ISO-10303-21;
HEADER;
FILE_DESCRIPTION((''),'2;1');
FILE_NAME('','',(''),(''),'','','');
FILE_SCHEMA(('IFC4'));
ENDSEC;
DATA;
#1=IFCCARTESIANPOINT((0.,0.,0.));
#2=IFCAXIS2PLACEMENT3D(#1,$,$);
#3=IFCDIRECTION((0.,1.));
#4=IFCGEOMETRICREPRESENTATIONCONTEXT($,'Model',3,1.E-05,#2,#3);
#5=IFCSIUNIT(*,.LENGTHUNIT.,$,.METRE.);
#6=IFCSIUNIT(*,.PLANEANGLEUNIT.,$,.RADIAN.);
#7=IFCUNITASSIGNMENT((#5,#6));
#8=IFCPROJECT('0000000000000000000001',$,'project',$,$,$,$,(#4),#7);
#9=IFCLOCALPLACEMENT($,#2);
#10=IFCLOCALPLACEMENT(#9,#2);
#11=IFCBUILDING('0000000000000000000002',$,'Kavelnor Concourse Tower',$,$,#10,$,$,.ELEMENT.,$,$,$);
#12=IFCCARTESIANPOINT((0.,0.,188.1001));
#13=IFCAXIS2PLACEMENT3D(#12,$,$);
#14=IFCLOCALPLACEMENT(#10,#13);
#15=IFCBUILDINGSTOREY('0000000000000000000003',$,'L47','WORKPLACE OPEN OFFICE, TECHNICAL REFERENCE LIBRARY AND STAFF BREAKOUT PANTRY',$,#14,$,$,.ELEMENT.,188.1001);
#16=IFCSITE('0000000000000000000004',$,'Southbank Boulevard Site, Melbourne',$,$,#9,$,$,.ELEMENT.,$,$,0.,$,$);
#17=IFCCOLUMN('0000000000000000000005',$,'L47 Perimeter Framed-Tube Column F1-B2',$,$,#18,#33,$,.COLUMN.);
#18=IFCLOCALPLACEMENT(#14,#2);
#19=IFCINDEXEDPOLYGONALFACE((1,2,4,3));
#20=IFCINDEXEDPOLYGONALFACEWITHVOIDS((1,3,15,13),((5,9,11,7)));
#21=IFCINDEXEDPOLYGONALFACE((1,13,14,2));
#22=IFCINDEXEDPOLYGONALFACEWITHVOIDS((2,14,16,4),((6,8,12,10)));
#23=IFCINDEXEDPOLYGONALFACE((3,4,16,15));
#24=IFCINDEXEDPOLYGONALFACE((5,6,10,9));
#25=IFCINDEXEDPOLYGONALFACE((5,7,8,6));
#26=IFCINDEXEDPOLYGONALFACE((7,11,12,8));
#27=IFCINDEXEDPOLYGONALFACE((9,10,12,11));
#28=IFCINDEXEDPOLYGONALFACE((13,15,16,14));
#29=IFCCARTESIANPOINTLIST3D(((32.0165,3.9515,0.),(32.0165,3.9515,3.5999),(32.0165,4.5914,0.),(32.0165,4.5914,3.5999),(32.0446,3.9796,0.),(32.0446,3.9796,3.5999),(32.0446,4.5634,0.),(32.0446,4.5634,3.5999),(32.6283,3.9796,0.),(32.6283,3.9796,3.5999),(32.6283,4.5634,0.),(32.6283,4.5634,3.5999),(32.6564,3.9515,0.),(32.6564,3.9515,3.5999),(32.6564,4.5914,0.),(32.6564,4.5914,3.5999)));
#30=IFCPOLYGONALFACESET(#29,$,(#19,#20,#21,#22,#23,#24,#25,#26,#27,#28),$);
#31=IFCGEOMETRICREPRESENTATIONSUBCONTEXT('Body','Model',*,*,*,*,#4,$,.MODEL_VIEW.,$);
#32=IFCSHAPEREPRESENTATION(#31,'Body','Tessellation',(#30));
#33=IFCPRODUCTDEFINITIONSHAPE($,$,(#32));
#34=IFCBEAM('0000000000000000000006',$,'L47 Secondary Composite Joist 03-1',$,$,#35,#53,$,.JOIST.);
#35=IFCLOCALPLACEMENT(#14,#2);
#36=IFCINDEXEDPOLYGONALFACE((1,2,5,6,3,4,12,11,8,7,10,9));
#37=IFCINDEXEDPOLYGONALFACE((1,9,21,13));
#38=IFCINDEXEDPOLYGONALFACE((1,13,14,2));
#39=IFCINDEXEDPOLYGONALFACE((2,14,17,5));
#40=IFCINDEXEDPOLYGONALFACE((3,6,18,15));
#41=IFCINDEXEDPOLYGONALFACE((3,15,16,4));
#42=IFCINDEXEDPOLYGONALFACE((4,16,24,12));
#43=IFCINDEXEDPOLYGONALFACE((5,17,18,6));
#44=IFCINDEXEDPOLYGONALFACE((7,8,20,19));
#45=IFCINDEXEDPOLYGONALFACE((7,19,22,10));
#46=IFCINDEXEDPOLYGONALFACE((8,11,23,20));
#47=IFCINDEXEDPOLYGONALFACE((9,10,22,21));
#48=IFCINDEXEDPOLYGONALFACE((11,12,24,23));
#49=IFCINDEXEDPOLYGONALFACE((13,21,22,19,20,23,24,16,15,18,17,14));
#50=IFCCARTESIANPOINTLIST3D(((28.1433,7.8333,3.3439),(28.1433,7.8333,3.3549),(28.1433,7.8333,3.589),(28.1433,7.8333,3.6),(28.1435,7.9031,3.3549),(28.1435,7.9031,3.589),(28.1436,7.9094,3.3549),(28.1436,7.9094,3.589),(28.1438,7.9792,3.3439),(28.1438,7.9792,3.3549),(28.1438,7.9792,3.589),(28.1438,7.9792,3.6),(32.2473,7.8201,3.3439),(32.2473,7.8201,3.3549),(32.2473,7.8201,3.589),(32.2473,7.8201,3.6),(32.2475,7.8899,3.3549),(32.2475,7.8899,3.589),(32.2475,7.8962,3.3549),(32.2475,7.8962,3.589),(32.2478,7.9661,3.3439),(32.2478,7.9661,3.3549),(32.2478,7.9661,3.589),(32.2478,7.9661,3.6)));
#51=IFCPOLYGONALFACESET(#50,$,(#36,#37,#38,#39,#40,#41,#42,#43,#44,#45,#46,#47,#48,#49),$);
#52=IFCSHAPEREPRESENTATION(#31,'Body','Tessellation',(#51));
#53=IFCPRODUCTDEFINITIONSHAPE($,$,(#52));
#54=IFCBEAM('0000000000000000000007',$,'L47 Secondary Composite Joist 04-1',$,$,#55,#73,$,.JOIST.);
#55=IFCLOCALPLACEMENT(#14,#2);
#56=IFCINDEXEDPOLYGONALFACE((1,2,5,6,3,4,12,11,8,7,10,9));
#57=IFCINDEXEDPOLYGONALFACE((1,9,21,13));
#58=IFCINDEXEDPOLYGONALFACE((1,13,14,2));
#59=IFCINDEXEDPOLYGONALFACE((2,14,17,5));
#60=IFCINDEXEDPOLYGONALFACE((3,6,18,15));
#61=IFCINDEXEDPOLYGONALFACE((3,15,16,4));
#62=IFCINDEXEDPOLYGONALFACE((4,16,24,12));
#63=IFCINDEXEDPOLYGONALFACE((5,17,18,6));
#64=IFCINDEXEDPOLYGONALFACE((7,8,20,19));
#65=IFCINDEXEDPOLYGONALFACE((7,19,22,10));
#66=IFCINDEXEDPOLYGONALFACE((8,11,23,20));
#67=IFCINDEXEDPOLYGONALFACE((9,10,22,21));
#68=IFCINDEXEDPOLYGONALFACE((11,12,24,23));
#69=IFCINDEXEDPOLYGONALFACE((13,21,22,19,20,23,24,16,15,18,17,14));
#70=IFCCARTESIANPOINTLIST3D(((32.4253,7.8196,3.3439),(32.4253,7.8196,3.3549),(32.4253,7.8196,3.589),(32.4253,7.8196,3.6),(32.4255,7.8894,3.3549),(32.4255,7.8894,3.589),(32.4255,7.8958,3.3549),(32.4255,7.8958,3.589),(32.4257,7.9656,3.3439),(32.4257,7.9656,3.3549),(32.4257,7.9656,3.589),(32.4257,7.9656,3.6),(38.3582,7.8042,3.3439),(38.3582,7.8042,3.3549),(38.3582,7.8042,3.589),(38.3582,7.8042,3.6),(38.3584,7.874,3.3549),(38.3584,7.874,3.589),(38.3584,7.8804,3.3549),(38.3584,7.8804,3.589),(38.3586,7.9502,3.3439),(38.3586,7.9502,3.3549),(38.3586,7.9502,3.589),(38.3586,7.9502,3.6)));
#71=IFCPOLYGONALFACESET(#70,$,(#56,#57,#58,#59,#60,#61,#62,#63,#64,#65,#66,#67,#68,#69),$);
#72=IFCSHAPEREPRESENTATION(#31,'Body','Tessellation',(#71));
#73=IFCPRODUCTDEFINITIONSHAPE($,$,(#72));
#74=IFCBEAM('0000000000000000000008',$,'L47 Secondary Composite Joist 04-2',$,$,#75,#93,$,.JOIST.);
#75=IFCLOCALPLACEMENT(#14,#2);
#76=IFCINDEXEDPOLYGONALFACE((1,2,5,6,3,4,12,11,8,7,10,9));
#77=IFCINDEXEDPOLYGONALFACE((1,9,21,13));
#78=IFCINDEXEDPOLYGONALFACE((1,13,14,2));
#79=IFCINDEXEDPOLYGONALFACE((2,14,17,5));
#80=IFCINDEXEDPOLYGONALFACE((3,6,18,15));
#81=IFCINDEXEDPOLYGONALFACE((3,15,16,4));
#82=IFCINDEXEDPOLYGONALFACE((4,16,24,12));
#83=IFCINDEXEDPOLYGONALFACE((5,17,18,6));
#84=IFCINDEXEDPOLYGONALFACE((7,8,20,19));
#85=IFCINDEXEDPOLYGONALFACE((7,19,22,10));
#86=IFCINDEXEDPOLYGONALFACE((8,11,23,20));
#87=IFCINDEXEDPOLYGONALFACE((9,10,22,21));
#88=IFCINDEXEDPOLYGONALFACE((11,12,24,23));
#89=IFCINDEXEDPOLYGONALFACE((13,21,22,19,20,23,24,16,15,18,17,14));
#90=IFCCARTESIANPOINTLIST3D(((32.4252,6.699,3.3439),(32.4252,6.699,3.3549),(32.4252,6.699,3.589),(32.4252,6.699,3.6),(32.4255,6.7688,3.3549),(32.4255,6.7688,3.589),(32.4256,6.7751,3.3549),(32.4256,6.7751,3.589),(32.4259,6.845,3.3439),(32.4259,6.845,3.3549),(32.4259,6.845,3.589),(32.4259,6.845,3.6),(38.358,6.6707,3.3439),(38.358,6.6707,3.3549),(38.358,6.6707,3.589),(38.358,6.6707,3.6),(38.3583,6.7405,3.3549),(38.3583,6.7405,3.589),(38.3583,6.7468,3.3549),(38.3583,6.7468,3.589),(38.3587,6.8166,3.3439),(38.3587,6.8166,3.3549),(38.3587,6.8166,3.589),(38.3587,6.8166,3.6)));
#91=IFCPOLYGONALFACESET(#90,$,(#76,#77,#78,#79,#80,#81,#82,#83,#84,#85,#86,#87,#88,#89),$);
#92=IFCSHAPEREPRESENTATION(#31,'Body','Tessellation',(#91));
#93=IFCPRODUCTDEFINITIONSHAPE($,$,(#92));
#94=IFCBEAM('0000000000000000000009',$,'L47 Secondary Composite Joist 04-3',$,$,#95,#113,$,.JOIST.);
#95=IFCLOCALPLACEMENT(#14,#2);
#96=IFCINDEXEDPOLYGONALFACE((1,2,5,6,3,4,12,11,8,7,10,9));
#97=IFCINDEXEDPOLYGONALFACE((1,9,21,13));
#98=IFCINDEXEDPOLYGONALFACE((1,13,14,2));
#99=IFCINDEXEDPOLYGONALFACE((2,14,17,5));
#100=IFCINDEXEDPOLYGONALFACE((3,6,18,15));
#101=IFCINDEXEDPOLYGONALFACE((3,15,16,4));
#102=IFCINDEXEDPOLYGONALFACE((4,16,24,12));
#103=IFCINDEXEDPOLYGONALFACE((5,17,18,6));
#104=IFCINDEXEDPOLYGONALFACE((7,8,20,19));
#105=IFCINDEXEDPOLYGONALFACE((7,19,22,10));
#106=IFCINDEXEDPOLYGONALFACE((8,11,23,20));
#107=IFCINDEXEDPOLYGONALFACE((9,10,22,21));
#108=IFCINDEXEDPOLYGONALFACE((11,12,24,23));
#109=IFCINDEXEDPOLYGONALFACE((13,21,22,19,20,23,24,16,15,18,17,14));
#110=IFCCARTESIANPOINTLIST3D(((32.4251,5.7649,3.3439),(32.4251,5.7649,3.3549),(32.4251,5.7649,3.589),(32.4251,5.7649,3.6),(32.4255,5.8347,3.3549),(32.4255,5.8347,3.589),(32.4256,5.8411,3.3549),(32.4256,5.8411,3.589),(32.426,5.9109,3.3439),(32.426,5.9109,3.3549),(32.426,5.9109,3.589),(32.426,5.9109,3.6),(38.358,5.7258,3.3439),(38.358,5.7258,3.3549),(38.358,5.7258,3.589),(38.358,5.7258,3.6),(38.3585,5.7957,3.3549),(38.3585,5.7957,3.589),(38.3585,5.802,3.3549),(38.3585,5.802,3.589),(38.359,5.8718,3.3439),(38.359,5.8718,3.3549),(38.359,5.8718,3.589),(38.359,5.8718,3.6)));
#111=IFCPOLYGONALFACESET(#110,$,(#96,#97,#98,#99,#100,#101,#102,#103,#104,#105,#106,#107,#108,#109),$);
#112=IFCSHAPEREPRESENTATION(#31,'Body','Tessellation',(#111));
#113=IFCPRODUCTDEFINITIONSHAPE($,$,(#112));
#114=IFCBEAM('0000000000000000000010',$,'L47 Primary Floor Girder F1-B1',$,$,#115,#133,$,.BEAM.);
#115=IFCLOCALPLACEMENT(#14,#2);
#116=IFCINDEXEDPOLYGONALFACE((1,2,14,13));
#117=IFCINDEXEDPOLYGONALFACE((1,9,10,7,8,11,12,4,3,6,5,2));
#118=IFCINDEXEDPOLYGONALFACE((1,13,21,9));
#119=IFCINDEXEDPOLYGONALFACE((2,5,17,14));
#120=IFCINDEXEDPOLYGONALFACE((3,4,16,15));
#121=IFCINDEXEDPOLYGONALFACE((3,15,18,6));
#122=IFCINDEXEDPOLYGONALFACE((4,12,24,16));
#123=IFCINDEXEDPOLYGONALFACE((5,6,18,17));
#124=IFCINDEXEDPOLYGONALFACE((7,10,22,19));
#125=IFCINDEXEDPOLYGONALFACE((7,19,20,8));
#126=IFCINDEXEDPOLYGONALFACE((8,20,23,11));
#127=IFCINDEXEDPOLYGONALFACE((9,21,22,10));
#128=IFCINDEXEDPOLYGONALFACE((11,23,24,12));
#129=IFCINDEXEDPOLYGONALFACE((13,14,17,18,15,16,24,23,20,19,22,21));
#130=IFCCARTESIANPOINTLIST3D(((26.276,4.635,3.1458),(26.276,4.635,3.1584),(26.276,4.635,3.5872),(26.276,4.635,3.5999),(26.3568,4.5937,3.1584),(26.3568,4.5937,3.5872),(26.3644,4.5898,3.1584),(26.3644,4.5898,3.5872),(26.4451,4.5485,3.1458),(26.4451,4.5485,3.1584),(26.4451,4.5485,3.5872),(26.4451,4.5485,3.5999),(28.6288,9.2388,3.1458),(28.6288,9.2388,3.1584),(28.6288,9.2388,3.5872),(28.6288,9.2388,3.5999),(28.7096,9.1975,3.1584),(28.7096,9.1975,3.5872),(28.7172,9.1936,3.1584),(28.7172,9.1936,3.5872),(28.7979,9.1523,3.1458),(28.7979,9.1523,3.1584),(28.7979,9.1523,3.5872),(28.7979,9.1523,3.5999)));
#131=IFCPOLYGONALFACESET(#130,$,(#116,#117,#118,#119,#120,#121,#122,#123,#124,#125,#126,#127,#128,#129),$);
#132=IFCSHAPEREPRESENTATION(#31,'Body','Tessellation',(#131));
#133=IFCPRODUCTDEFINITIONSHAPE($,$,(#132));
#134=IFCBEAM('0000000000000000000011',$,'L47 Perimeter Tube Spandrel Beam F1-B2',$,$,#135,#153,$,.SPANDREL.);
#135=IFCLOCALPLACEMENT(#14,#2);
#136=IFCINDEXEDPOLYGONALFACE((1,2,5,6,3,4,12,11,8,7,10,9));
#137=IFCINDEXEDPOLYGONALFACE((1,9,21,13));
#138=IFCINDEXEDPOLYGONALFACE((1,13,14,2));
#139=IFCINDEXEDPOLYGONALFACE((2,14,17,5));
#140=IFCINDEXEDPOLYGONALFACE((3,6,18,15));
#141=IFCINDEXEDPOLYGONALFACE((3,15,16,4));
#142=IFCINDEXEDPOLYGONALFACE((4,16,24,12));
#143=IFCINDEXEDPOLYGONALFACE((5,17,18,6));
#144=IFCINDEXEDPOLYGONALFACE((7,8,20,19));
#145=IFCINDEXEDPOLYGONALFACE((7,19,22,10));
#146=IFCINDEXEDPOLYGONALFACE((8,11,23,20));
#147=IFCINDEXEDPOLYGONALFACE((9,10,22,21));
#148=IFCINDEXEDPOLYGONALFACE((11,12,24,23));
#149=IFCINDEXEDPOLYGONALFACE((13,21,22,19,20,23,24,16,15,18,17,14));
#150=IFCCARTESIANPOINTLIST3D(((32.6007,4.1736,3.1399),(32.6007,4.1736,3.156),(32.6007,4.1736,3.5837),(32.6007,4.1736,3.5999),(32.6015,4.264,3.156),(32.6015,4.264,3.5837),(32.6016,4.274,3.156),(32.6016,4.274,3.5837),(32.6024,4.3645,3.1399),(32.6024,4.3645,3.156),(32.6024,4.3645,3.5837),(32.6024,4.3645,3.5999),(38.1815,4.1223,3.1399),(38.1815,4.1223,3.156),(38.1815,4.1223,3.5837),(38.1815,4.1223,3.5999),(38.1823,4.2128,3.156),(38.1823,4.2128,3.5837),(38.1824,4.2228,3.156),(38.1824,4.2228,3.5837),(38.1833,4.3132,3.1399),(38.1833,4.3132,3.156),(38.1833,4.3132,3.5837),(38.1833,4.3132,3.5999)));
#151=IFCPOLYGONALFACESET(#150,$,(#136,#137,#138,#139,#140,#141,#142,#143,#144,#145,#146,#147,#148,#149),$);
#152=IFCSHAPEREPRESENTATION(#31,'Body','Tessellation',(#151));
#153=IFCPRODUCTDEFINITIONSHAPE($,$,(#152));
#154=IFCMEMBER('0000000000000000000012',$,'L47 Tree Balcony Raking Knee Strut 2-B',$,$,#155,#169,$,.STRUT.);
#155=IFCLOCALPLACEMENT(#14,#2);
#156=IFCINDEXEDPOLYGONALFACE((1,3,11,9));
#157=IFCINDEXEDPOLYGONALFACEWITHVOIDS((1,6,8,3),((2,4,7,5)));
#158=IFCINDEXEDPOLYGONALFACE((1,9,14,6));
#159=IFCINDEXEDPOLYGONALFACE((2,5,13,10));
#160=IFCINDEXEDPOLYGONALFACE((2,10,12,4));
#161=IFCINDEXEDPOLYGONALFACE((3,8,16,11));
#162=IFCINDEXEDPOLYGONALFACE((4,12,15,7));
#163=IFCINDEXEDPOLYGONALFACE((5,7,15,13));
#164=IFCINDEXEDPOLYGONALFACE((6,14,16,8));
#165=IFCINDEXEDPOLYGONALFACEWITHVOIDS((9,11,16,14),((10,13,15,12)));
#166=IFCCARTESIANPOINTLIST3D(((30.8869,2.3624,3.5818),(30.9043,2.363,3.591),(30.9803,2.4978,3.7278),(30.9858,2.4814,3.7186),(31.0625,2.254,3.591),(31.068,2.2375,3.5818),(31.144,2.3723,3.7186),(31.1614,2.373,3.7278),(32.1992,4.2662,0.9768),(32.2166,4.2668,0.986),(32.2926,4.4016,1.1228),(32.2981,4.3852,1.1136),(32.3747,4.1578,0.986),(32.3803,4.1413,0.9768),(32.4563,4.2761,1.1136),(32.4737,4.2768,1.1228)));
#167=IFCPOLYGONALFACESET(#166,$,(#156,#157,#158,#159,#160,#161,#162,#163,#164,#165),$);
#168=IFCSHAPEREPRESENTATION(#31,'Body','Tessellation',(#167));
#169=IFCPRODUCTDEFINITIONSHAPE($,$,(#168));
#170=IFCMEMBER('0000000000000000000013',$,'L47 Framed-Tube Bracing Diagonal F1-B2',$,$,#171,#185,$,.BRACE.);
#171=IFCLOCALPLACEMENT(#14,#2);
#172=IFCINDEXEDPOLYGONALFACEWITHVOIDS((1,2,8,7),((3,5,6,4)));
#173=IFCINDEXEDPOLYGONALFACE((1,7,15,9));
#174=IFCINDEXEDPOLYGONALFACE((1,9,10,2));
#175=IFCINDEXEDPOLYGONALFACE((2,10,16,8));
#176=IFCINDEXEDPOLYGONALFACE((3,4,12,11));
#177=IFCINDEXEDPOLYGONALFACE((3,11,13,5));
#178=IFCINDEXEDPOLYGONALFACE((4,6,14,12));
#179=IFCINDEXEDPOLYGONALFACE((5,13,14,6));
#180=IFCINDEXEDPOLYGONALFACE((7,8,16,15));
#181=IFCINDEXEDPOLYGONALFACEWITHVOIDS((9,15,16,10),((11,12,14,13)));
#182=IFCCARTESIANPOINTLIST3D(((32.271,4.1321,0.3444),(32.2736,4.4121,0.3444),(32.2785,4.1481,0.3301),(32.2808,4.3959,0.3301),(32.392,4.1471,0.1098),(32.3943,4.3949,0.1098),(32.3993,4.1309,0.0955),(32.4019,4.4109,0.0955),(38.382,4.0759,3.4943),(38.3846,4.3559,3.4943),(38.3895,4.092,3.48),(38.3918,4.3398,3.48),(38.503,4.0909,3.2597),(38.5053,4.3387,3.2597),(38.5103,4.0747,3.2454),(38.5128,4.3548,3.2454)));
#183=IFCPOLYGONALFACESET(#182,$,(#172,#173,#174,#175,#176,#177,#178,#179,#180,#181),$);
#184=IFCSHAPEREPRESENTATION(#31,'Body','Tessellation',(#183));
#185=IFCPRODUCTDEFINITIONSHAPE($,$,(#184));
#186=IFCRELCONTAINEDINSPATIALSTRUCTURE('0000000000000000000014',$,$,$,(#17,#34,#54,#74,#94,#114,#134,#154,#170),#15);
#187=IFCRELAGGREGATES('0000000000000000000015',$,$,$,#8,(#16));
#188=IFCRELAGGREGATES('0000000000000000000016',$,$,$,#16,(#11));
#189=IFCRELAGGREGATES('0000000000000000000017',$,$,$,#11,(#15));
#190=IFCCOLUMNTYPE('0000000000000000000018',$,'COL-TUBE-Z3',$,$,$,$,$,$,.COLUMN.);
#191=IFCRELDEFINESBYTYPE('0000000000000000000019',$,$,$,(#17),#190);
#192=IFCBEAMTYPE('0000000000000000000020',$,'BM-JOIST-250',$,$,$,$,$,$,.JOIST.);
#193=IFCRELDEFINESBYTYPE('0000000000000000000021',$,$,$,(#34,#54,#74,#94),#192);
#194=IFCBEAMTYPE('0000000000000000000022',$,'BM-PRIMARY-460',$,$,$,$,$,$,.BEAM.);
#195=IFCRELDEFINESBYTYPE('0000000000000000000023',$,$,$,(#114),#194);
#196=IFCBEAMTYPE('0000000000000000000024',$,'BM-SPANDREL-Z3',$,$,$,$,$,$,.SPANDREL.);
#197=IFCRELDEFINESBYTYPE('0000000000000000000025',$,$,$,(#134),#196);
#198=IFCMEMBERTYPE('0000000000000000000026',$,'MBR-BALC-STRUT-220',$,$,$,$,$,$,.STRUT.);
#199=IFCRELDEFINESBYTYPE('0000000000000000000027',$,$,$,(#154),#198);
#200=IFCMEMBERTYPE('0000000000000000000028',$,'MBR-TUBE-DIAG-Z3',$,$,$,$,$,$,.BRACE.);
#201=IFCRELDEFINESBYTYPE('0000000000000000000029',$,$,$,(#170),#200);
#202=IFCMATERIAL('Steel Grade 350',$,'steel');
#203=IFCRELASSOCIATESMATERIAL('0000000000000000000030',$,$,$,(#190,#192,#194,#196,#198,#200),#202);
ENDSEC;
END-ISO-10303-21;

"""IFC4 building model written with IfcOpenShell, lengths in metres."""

from ifc_helpers import new_model, si_unit, direction, frame, origin, origin_2d, place, context, subcontext, project, spatial, hollow_rectangle, i_section, extrude, material, material_profile, profile_set, type_object, element, save


model = new_model("IFC4")

# Units and contexts
model_context = context("Model", 3, precision=1e-05, world=origin(), true_north=direction((0.0, 1.0)))
body_context = subcontext(model_context, "Body", "Model", "MODEL_VIEW")
ifc_project = project(units=[si_unit("LENGTHUNIT", "METRE"), si_unit("PLANEANGLEUNIT", "RADIAN")], contexts=[model_context])

# Site, building, storey
site_placement = place(None, origin())
site = spatial("IfcSite", under=ifc_project, at=site_placement, Name="Southbank Boulevard Site, Melbourne", CompositionType="ELEMENT", RefElevation=0.0)
building_placement = place(site_placement, origin())
building = spatial("IfcBuilding", under=site, at=building_placement, Name="Kavelnor Concourse Tower", CompositionType="ELEMENT")
storey_placement = place(building_placement, frame((0.0, 0.0, 188.1001)))
storey = spatial("IfcBuildingStorey", under=building, at=storey_placement, Name="L47", Description="WORKPLACE OPEN OFFICE, TECHNICAL REFERENCE LIBRARY AND STAFF BREAKOUT PANTRY", CompositionType="ELEMENT", Elevation=188.1001)

# Column
ifc_material_1 = material(Name="Steel Grade 350", Category="steel")
ifc_material_profile_1 = material_profile(ifc_material_1, hollow_rectangle(XDim=0.6399, YDim=0.6399, WallThickness=0.0281, at=origin_2d()), Name="SHS 640x640x28")
ifc_profile_set_1 = profile_set([ifc_material_profile_1], Name="Steel Grade 350")
column_type = type_object("IfcColumnType", Name="COL-TUBE-Z3", PredefinedType="COLUMN", material=ifc_profile_set_1)
column_placement = place(storey_placement, frame((32.3364, 4.2715, 0.0), z_axis=(0.0, 0.0, 1.0), x_axis=(1.0, 0.0, 0.0)))
element("IfcColumn", 1, at=column_placement, inside=storey, type_object=column_type, Name="L47 Perimeter Framed-Tube Column F1-B2", PredefinedType="COLUMN", context=body_context, shape_type="SweptSolid", body=[
    extrude(hollow_rectangle(XDim=0.6399, YDim=0.6399, WallThickness=0.0281, at=origin_2d()), origin(), (0.0, 0.0, 1.0), 3.5999),
])

# Beams
ifc_material_profile_2 = material_profile(ifc_material_1, i_section(OverallWidth=0.146, OverallDepth=0.2561, WebThickness=0.0063, FlangeThickness=0.011, at=origin_2d()), Name="250UB37")
ifc_profile_set_2 = profile_set([ifc_material_profile_2], Name="Steel Grade 350")
beam_type_1 = type_object("IfcBeamType", Name="BM-JOIST-250", PredefinedType="JOIST", material=ifc_profile_set_2)
beam_1_placement = place(storey_placement, frame((28.1436, 7.9062, 3.4719), z_axis=(0.999995, -0.003212, 0.0), x_axis=(0.003212, 0.999995, 0.0)))
element("IfcBeam", 2, at=beam_1_placement, inside=storey, type_object=beam_type_1, Name="L47 Secondary Composite Joist 03-1", PredefinedType="JOIST", context=body_context, shape_type="SweptSolid", body=[
    extrude(i_section(OverallWidth=0.146, OverallDepth=0.2561, WebThickness=0.0063, FlangeThickness=0.011, at=origin_2d()), origin(), (0.0, 0.0, 1.0), 4.104),
])
for number, where, z_axis, x_axis, name in (
    (3, (32.4255, 7.8926, 3.4719), (0.999997, -0.002592, 0.0), (0.002592, 0.999997, 0.0), "L47 Secondary Composite Joist 04-1"),
    (4, (32.4255, 6.772, 3.4719), (0.999989, -0.004773, 0.0), (0.004773, 0.999989, 0.0), "L47 Secondary Composite Joist 04-2"),
):
    element("IfcBeam", number, at=place(storey_placement, frame(where, z_axis=z_axis, x_axis=x_axis)), inside=storey, type_object=beam_type_1, Name=name, PredefinedType="JOIST", context=body_context, shape_type="SweptSolid", body=[
        extrude(i_section(OverallWidth=0.146, OverallDepth=0.2561, WebThickness=0.0063, FlangeThickness=0.011, at=origin_2d()), origin(), (0.0, 0.0, 1.0), 5.9329),
    ])
beam_2_placement = place(storey_placement, frame((32.4255, 5.8379, 3.4719), z_axis=(0.999978, -0.006584, 0.0), x_axis=(0.006584, 0.999978, 0.0)))
element("IfcBeam", 5, at=beam_2_placement, inside=storey, type_object=beam_type_1, Name="L47 Secondary Composite Joist 04-3", PredefinedType="JOIST", context=body_context, shape_type="SweptSolid", body=[
    extrude(i_section(OverallWidth=0.146, OverallDepth=0.2561, WebThickness=0.0063, FlangeThickness=0.011, at=origin_2d()), origin(), (0.0, 0.0, 1.0), 5.9331),
])
ifc_material_profile_3 = material_profile(ifc_material_1, i_section(OverallWidth=0.1899, OverallDepth=0.4541, WebThickness=0.0085, FlangeThickness=0.0127, at=origin_2d()), Name="460UB67")
ifc_profile_set_3 = profile_set([ifc_material_profile_3], Name="Steel Grade 350")
beam_type_2 = type_object("IfcBeamType", Name="BM-PRIMARY-460", PredefinedType="BEAM", material=ifc_profile_set_3)
beam_3_placement = place(storey_placement, frame((28.7134, 9.1956, 3.3728), z_axis=(-0.455073, -0.890454, 0.0), x_axis=(0.890454, -0.455073, 0.0)))
element("IfcBeam", 6, at=beam_3_placement, inside=storey, type_object=beam_type_2, Name="L47 Primary Floor Girder F1-B1", PredefinedType="BEAM", context=body_context, shape_type="SweptSolid", body=[
    extrude(i_section(OverallWidth=0.1899, OverallDepth=0.4541, WebThickness=0.0085, FlangeThickness=0.0127, at=origin_2d()), origin(), (0.0, 0.0, 1.0), 5.1702),
])
ifc_material_profile_4 = material_profile(ifc_material_1, i_section(OverallWidth=0.1909, OverallDepth=0.46, WebThickness=0.01, FlangeThickness=0.0161, at=origin_2d()), Name="460UB82")
ifc_profile_set_4 = profile_set([ifc_material_profile_4], Name="Steel Grade 350")
beam_type_3 = type_object("IfcBeamType", Name="BM-SPANDREL-Z3", PredefinedType="SPANDREL", material=ifc_profile_set_4)
beam_4_placement = place(storey_placement, frame((32.6016, 4.269, 3.3699), z_axis=(0.999958, -0.009186, 0.0), x_axis=(0.009186, 0.999958, 0.0)))
element("IfcBeam", 7, at=beam_4_placement, inside=storey, type_object=beam_type_3, Name="L47 Perimeter Tube Spandrel Beam F1-B2", PredefinedType="SPANDREL", context=body_context, shape_type="SweptSolid", body=[
    extrude(i_section(OverallWidth=0.1909, OverallDepth=0.46, WebThickness=0.01, FlangeThickness=0.0161, at=origin_2d()), origin(), (0.0, 0.0, 1.0), 5.5811),
])

# Members
ifc_material_profile_5 = material_profile(ifc_material_1, hollow_rectangle(XDim=0.22, YDim=0.22, WallThickness=0.0139, at=origin_2d()), Name="SHS 220x220x14")
ifc_profile_set_5 = profile_set([ifc_material_profile_5], Name="Steel Grade 350")
member_type_1 = type_object("IfcMemberType", Name="MBR-BALC-STRUT-220", PredefinedType="STRUT", material=ifc_profile_set_5)
member_1_placement = place(storey_placement, frame((32.3364, 4.2715, 1.0498), z_axis=(-0.376743, -0.546575, 0.747878), x_axis=(0.823357, -0.567523, 0.0)))
element("IfcMember", 8, at=member_1_placement, inside=storey, type_object=member_type_1, Name="L47 Tree Balcony Raking Knee Strut 2-B", PredefinedType="STRUT", context=body_context, shape_type="SweptSolid", body=[
    extrude(hollow_rectangle(XDim=0.22, YDim=0.22, WallThickness=0.0139, at=origin_2d()), origin(), (0.0, 0.0, 1.0), 3.4832),
])
ifc_material_profile_6 = material_profile(ifc_material_1, hollow_rectangle(XDim=0.28, YDim=0.28, WallThickness=0.0161, at=origin_2d()), Name="SHS 280x280x16")
ifc_profile_set_6 = profile_set([ifc_material_profile_6], Name="Steel Grade 350")
member_type_2 = type_object("IfcMemberType", Name="MBR-TUBE-DIAG-Z3", PredefinedType="BRACE", material=ifc_profile_set_6)
member_2_placement = place(storey_placement, frame((32.3364, 4.2715, 0.22), z_axis=(0.88884, -0.008167, 0.458145), x_axis=(0.009188, 0.999958, 0.0)))
element("IfcMember", 9, at=member_2_placement, inside=storey, type_object=member_type_2, Name="L47 Framed-Tube Bracing Diagonal F1-B2", PredefinedType="BRACE", context=body_context, shape_type="SweptSolid", body=[
    extrude(hollow_rectangle(XDim=0.28, YDim=0.28, WallThickness=0.0161, at=origin_2d()), origin(), (0.0, 0.0, 1.0), 6.8752),
])

save(model, "model.ifc")
